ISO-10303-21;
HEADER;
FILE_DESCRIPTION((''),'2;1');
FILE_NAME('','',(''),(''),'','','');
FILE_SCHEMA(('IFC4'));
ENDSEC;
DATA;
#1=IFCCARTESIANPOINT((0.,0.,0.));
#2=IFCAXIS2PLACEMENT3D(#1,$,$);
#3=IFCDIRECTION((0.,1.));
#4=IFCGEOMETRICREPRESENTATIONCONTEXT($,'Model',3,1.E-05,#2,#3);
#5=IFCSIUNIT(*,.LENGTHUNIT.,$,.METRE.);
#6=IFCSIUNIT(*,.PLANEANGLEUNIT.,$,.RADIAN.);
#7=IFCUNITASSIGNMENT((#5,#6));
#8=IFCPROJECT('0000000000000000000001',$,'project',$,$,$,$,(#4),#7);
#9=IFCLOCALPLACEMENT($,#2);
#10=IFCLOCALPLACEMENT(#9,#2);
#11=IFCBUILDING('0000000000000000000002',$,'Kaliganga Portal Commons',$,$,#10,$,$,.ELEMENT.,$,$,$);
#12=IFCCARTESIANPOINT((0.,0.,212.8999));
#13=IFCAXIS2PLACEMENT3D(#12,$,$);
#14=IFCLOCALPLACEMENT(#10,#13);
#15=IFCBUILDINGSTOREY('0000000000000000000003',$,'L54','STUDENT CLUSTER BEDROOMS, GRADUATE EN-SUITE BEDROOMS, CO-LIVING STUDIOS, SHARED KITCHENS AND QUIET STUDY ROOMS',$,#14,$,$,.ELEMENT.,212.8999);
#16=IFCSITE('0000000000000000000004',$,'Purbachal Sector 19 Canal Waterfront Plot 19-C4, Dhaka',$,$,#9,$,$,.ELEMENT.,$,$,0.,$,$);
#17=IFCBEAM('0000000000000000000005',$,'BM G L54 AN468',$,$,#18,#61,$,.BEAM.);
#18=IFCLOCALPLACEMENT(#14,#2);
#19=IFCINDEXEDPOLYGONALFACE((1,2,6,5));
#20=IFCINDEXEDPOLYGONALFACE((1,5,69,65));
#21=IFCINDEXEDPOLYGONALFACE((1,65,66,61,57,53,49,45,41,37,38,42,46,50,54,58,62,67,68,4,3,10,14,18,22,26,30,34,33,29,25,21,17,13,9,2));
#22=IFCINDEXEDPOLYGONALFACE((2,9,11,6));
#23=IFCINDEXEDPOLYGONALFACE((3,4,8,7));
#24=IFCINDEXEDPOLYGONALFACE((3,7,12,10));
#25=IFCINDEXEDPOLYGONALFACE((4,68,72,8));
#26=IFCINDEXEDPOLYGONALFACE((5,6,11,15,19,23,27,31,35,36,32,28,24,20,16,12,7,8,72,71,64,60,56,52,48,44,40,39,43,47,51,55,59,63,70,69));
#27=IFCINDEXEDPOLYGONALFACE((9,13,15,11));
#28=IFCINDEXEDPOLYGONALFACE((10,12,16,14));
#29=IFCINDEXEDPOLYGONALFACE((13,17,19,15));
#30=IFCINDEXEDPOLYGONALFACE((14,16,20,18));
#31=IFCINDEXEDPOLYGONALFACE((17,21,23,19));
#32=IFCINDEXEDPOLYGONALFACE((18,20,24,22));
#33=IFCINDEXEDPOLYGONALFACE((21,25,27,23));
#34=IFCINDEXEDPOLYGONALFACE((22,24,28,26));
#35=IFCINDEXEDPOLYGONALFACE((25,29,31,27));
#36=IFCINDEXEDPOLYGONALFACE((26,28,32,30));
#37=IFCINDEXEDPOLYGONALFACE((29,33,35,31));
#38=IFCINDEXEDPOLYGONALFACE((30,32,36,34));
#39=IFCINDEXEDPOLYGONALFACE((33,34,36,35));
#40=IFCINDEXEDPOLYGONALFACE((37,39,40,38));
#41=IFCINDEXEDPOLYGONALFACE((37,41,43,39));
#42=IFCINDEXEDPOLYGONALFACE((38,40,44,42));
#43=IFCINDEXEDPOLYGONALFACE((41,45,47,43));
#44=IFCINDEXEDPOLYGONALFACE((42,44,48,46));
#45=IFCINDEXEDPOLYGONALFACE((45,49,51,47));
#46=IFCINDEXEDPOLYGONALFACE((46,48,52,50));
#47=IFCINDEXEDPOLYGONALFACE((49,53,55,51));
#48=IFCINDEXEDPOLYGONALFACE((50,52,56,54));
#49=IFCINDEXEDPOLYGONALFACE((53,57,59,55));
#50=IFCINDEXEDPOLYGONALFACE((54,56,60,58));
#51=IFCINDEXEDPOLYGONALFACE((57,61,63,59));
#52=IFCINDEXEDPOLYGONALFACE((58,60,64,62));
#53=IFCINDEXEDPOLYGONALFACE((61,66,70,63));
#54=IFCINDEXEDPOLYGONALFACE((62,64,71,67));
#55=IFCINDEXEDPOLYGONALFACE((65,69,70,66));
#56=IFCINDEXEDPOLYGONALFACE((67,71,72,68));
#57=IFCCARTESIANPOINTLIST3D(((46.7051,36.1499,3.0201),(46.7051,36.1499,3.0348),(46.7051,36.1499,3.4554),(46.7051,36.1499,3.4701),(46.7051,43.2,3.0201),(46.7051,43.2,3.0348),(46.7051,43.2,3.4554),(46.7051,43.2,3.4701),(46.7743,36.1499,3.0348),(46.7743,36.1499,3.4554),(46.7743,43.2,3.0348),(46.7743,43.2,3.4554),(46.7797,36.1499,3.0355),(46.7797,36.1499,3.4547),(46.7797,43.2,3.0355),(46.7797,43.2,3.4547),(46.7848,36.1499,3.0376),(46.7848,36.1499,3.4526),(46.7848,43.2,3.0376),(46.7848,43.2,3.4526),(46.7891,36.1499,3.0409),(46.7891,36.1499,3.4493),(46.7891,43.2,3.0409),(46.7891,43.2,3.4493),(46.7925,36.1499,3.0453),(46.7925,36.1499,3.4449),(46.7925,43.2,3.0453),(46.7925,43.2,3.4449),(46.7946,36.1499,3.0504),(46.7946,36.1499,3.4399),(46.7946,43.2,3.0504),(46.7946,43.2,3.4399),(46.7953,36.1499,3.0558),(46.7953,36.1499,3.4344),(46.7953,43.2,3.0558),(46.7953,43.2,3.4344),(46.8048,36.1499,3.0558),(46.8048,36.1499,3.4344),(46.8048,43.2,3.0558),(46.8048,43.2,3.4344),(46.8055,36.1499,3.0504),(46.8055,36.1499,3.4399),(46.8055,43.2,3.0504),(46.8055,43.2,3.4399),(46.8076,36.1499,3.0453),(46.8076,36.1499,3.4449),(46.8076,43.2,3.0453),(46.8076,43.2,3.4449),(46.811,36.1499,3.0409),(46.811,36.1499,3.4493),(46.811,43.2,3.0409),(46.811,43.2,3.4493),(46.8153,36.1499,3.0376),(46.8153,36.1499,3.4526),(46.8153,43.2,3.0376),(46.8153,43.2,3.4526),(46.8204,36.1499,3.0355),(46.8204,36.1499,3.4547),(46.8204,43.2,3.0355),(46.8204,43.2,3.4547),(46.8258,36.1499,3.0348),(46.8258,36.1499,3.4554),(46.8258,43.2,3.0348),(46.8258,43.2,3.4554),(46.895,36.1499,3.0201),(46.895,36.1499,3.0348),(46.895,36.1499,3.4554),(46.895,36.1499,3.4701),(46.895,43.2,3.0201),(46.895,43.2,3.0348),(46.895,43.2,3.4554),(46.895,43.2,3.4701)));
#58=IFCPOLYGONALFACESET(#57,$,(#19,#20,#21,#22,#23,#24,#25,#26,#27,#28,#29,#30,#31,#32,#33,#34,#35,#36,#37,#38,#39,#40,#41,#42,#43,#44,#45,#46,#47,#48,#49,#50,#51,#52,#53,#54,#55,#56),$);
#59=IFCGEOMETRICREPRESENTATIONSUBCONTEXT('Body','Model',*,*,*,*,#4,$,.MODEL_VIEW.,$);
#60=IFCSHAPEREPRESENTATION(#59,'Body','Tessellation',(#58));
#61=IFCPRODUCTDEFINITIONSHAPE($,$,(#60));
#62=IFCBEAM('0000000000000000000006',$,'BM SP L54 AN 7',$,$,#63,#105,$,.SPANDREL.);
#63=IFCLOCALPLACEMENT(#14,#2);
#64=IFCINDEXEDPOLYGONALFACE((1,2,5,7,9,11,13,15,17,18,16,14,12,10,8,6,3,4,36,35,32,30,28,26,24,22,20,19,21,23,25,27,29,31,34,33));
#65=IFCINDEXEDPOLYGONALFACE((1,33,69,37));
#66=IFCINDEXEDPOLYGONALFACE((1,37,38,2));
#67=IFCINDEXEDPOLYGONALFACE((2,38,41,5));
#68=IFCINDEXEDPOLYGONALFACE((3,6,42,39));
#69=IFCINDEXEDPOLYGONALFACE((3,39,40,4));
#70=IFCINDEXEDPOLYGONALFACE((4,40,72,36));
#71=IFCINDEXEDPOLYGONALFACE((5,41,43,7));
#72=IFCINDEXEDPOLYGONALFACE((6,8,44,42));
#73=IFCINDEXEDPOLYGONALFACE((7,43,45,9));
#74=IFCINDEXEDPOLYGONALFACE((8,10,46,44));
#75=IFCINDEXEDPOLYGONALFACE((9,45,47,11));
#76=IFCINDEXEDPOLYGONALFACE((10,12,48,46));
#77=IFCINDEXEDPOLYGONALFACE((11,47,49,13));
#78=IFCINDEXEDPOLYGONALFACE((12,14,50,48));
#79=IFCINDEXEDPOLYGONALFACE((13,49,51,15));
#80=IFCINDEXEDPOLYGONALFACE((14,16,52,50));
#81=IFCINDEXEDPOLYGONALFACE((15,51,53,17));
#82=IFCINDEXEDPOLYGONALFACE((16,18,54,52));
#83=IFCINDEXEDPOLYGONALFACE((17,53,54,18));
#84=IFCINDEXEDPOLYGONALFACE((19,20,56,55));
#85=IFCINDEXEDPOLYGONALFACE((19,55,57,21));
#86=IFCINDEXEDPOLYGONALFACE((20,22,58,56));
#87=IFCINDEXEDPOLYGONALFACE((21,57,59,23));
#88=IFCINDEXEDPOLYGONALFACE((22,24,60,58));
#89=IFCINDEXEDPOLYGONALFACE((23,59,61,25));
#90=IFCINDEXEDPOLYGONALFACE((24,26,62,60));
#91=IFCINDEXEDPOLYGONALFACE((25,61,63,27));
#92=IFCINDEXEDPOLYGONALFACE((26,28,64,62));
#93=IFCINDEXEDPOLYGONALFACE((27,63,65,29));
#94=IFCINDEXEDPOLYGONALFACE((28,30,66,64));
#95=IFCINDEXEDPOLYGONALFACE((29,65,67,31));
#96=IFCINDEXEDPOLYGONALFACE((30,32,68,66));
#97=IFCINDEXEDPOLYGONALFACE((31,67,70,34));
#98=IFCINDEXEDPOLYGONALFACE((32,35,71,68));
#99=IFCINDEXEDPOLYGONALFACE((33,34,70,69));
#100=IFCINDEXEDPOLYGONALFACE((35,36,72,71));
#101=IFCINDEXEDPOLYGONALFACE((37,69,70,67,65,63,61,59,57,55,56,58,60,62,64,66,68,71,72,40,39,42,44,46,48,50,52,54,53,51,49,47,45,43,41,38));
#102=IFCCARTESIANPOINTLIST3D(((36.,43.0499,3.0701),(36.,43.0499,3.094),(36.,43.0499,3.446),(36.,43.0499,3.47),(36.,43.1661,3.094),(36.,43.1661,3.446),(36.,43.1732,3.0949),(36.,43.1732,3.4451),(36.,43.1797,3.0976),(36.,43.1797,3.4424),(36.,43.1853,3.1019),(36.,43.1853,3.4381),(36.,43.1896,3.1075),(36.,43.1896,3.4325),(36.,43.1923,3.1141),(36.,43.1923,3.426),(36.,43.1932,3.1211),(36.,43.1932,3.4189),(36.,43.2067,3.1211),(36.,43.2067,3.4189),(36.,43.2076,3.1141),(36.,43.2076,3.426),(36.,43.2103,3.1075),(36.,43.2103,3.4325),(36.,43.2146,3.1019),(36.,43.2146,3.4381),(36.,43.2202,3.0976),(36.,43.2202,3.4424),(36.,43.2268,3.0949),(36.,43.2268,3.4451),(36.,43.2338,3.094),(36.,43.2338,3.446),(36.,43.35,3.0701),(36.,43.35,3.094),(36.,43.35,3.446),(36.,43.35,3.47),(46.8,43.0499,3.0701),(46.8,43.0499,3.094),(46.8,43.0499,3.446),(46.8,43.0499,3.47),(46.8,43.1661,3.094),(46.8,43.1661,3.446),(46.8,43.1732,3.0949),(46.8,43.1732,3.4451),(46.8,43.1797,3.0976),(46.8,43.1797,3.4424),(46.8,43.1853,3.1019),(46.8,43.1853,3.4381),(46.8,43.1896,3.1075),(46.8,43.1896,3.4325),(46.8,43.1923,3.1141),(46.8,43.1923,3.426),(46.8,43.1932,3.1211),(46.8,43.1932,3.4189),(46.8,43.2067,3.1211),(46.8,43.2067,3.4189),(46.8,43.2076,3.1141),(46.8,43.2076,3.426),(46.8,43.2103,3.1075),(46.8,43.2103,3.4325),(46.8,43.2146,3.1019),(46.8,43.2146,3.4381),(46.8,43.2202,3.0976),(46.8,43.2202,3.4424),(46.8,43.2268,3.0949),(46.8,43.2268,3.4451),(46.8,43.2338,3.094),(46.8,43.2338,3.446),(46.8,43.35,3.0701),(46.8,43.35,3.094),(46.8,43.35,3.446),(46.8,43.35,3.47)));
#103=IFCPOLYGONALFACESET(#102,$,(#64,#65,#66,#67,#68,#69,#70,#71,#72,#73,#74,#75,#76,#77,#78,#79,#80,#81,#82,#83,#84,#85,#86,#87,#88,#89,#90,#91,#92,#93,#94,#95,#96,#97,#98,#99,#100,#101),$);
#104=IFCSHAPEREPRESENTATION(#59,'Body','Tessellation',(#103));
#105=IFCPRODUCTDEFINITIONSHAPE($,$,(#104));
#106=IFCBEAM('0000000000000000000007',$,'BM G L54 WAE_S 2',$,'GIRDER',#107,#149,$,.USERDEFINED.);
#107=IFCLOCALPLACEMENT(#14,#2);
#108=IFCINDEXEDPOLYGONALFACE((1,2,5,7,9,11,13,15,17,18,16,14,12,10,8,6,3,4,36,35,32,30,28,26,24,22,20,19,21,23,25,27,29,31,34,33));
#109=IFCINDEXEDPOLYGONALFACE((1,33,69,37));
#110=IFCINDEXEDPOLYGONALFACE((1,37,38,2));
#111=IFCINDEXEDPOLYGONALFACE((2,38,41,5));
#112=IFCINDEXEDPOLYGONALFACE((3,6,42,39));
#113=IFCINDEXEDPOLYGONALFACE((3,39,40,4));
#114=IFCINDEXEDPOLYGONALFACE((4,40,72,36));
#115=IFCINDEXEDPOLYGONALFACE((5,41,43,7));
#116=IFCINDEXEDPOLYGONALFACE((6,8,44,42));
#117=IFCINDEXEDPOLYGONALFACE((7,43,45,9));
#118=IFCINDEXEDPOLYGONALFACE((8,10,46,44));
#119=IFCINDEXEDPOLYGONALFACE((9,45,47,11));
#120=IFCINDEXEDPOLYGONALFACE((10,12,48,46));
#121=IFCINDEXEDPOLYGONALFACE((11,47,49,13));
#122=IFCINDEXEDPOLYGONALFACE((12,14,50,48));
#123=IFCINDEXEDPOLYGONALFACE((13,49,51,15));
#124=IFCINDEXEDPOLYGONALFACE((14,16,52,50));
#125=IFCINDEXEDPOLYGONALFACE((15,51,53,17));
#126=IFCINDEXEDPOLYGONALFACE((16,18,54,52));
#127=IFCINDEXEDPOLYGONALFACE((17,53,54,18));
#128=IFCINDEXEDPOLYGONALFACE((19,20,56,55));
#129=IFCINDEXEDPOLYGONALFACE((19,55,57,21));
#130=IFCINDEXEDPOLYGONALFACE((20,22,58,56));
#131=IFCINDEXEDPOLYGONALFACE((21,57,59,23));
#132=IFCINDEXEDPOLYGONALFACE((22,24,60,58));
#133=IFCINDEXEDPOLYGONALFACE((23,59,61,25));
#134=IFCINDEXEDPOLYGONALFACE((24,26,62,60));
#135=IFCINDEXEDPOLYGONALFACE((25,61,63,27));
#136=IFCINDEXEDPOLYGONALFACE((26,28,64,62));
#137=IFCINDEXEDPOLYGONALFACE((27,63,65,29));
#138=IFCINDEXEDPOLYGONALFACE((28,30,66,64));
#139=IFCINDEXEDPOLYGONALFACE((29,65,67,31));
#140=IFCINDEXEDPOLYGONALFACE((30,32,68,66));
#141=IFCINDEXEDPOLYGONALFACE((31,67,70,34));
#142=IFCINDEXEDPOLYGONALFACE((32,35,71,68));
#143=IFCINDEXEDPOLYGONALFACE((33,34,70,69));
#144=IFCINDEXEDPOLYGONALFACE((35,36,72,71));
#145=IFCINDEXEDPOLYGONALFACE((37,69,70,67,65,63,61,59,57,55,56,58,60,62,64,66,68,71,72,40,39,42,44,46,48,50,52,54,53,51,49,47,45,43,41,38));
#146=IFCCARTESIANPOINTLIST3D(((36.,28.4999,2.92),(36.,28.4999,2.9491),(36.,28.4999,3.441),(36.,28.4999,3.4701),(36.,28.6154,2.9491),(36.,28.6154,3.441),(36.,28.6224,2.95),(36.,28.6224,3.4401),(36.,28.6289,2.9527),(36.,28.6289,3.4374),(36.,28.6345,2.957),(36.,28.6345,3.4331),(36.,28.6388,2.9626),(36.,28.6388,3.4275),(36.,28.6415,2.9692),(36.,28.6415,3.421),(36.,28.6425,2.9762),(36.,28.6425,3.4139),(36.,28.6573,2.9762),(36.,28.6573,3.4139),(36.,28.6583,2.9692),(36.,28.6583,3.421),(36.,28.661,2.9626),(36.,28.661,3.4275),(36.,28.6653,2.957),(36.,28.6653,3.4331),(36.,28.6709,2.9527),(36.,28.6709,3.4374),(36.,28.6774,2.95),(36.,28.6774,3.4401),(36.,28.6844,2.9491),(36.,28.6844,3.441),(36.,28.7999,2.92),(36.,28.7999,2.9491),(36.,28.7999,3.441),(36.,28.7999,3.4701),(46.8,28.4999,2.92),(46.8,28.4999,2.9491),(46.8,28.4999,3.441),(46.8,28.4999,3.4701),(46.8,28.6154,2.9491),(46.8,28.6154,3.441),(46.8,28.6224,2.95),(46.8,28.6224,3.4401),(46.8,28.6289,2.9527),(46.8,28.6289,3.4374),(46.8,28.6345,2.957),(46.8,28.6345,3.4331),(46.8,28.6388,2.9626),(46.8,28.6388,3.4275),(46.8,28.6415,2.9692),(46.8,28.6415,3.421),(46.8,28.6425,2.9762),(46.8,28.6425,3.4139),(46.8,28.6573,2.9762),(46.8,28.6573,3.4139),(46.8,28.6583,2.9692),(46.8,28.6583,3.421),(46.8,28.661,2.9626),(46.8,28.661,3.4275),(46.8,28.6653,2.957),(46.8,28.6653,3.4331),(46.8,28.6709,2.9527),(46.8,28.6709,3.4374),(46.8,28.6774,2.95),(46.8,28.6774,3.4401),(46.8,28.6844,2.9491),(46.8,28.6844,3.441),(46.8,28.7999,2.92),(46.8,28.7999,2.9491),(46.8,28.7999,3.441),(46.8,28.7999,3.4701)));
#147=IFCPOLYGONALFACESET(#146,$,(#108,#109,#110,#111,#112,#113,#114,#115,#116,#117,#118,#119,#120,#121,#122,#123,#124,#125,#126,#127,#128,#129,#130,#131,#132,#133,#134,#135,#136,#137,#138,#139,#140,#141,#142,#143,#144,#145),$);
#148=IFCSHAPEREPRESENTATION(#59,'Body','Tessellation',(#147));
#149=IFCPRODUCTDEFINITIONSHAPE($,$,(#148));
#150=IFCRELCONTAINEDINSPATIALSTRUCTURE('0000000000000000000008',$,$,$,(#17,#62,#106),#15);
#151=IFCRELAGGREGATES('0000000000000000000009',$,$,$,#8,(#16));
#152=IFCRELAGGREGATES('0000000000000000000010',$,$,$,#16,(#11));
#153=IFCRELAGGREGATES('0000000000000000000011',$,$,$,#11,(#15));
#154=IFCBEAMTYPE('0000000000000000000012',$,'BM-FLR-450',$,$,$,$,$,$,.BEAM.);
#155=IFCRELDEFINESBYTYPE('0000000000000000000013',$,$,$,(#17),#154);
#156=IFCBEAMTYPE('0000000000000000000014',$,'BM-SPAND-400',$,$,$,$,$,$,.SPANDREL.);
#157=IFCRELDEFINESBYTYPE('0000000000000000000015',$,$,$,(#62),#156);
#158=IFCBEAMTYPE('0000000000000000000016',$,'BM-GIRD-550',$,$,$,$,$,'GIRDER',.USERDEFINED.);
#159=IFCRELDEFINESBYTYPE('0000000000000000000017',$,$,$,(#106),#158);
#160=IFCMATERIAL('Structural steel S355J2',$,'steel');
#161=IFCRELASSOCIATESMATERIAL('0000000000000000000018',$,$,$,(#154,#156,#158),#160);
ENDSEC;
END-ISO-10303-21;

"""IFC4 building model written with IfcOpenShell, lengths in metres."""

from ifc_helpers import new_model, si_unit, direction, frame, origin, origin_2d, place, context, subcontext, project, spatial, i_section, extrude, source, transform, mapped, material, material_profile, profile_set, type_object, element, save


model = new_model("IFC4")

# Units and contexts
model_context = context("Model", 3, precision=1e-05, world=origin(), true_north=direction((0.0, 1.0)))
body_context = subcontext(model_context, "Body", "Model", "MODEL_VIEW")
ifc_project = project(units=[si_unit("LENGTHUNIT", "METRE"), si_unit("PLANEANGLEUNIT", "RADIAN")], contexts=[model_context])

# Site, building, storey
site_placement = place(None, origin())
site = spatial("IfcSite", under=ifc_project, at=site_placement, Name="Purbachal Sector 19 Canal Waterfront Plot 19-C4, Dhaka", CompositionType="ELEMENT", RefElevation=0.0)
building_placement = place(site_placement, origin())
building = spatial("IfcBuilding", under=site, at=building_placement, Name="Kaliganga Portal Commons", CompositionType="ELEMENT")
storey_placement = place(building_placement, frame((0.0, 0.0, 212.8999)))
storey = spatial("IfcBuildingStorey", under=building, at=storey_placement, Name="L54", Description="STUDENT CLUSTER BEDROOMS, GRADUATE EN-SUITE BEDROOMS, CO-LIVING STUDIOS, SHARED KITCHENS AND QUIET STUDY ROOMS", CompositionType="ELEMENT", Elevation=212.8999)

# Beams
ifc_material_1 = material(Name="Structural steel S355J2", Category="steel")
ifc_material_profile_1 = material_profile(ifc_material_1, i_section(OverallWidth=0.1899, OverallDepth=0.45, WebThickness=0.0095, FlangeThickness=0.0146, FilletRadius=0.021, at=origin_2d()), Name="IPE 450")
ifc_profile_set_1 = profile_set([ifc_material_profile_1], Name="Structural steel S355J2 wide-flange")
beam_type_1 = type_object("IfcBeamType", Name="BM-FLR-450", PredefinedType="BEAM", material=ifc_profile_set_1)
shared_shape_1 = source(origin(), body_context, "Body", "SweptSolid", [
    extrude(i_section(OverallWidth=0.1899, OverallDepth=0.45, WebThickness=0.0095, FlangeThickness=0.0146, FilletRadius=0.021, at=origin_2d()), origin(), (0.0, 0.0, 1.0), 7.05),
])
for number, where, z_axis, x_axis, name in (
    (1, (46.8, 36.1499, 3.2451), (0.0, 1.0, 0.0), (-1.0, 0.0, 0.0), "BM G L54 AN468"),
):
    element("IfcBeam", number, at=place(storey_placement, frame(where, z_axis=z_axis, x_axis=x_axis)), inside=storey, type_object=beam_type_1, Name=name, PredefinedType="BEAM", context=body_context, shape_type="MappedRepresentation", body=[
        mapped(shared_shape_1, transform((0.0, 0.0, 0.0), x_axis=(1.0, 0.0, 0.0), y_axis=(0.0, 1.0, 0.0), z_axis=(0.0, 0.0, 1.0), scale=1.0)),
    ])
ifc_material_profile_2 = material_profile(ifc_material_1, i_section(OverallWidth=0.3, OverallDepth=0.3999, WebThickness=0.0134, FlangeThickness=0.0239, FilletRadius=0.0271, at=origin_2d()), Name="HE 400 B")
ifc_profile_set_2 = profile_set([ifc_material_profile_2], Name="Structural steel S355J2 wide-flange")
beam_type_2 = type_object("IfcBeamType", Name="BM-SPAND-400", PredefinedType="SPANDREL", material=ifc_profile_set_2)
shared_shape_2 = source(origin(), body_context, "Body", "SweptSolid", [
    extrude(i_section(OverallWidth=0.3, OverallDepth=0.3999, WebThickness=0.0134, FlangeThickness=0.0239, FilletRadius=0.0271, at=origin_2d()), origin(), (0.0, 0.0, 1.0), 10.8),
])
beam_1_placement = place(storey_placement, frame((36.0, 43.2, 3.27), z_axis=(1.0, 0.0, 0.0), x_axis=(0.0, 1.0, 0.0)))
element("IfcBeam", 2, at=beam_1_placement, inside=storey, type_object=beam_type_2, Name="BM SP L54 AN 7", PredefinedType="SPANDREL", context=body_context, shape_type="MappedRepresentation", body=[
    mapped(shared_shape_2, transform((0.0, 0.0, 0.0), x_axis=(1.0, 0.0, 0.0), y_axis=(0.0, 1.0, 0.0), z_axis=(0.0, 0.0, 1.0), scale=1.0)),
])
ifc_material_profile_3 = material_profile(ifc_material_1, i_section(OverallWidth=0.3, OverallDepth=0.55, WebThickness=0.0149, FlangeThickness=0.0291, FilletRadius=0.0271, at=origin_2d()), Name="HE 550 B")
ifc_profile_set_3 = profile_set([ifc_material_profile_3], Name="Structural steel S355J2 wide-flange")
beam_type_3 = type_object("IfcBeamType", Name="BM-GIRD-550", ElementType="GIRDER", PredefinedType="USERDEFINED", material=ifc_profile_set_3)
shared_shape_3 = source(origin(), body_context, "Body", "SweptSolid", [
    extrude(i_section(OverallWidth=0.3, OverallDepth=0.55, WebThickness=0.0149, FlangeThickness=0.0291, FilletRadius=0.0271, at=origin_2d()), origin(), (0.0, 0.0, 1.0), 10.8),
])
for number, where, z_axis, x_axis, name in (
    (3, (36.0, 28.6499, 3.1951), (1.0, 0.0, 0.0), (0.0, 1.0, 0.0), "BM G L54 WAE_S 2"),
):
    element("IfcBeam", number, at=place(storey_placement, frame(where, z_axis=z_axis, x_axis=x_axis)), inside=storey, type_object=beam_type_3, Name=name, ObjectType="GIRDER", PredefinedType="USERDEFINED", context=body_context, shape_type="MappedRepresentation", body=[
        mapped(shared_shape_3, transform((0.0, 0.0, 0.0), x_axis=(1.0, 0.0, 0.0), y_axis=(0.0, 1.0, 0.0), z_axis=(0.0, 0.0, 1.0), scale=1.0)),
    ])

save(model, "model.ifc")
